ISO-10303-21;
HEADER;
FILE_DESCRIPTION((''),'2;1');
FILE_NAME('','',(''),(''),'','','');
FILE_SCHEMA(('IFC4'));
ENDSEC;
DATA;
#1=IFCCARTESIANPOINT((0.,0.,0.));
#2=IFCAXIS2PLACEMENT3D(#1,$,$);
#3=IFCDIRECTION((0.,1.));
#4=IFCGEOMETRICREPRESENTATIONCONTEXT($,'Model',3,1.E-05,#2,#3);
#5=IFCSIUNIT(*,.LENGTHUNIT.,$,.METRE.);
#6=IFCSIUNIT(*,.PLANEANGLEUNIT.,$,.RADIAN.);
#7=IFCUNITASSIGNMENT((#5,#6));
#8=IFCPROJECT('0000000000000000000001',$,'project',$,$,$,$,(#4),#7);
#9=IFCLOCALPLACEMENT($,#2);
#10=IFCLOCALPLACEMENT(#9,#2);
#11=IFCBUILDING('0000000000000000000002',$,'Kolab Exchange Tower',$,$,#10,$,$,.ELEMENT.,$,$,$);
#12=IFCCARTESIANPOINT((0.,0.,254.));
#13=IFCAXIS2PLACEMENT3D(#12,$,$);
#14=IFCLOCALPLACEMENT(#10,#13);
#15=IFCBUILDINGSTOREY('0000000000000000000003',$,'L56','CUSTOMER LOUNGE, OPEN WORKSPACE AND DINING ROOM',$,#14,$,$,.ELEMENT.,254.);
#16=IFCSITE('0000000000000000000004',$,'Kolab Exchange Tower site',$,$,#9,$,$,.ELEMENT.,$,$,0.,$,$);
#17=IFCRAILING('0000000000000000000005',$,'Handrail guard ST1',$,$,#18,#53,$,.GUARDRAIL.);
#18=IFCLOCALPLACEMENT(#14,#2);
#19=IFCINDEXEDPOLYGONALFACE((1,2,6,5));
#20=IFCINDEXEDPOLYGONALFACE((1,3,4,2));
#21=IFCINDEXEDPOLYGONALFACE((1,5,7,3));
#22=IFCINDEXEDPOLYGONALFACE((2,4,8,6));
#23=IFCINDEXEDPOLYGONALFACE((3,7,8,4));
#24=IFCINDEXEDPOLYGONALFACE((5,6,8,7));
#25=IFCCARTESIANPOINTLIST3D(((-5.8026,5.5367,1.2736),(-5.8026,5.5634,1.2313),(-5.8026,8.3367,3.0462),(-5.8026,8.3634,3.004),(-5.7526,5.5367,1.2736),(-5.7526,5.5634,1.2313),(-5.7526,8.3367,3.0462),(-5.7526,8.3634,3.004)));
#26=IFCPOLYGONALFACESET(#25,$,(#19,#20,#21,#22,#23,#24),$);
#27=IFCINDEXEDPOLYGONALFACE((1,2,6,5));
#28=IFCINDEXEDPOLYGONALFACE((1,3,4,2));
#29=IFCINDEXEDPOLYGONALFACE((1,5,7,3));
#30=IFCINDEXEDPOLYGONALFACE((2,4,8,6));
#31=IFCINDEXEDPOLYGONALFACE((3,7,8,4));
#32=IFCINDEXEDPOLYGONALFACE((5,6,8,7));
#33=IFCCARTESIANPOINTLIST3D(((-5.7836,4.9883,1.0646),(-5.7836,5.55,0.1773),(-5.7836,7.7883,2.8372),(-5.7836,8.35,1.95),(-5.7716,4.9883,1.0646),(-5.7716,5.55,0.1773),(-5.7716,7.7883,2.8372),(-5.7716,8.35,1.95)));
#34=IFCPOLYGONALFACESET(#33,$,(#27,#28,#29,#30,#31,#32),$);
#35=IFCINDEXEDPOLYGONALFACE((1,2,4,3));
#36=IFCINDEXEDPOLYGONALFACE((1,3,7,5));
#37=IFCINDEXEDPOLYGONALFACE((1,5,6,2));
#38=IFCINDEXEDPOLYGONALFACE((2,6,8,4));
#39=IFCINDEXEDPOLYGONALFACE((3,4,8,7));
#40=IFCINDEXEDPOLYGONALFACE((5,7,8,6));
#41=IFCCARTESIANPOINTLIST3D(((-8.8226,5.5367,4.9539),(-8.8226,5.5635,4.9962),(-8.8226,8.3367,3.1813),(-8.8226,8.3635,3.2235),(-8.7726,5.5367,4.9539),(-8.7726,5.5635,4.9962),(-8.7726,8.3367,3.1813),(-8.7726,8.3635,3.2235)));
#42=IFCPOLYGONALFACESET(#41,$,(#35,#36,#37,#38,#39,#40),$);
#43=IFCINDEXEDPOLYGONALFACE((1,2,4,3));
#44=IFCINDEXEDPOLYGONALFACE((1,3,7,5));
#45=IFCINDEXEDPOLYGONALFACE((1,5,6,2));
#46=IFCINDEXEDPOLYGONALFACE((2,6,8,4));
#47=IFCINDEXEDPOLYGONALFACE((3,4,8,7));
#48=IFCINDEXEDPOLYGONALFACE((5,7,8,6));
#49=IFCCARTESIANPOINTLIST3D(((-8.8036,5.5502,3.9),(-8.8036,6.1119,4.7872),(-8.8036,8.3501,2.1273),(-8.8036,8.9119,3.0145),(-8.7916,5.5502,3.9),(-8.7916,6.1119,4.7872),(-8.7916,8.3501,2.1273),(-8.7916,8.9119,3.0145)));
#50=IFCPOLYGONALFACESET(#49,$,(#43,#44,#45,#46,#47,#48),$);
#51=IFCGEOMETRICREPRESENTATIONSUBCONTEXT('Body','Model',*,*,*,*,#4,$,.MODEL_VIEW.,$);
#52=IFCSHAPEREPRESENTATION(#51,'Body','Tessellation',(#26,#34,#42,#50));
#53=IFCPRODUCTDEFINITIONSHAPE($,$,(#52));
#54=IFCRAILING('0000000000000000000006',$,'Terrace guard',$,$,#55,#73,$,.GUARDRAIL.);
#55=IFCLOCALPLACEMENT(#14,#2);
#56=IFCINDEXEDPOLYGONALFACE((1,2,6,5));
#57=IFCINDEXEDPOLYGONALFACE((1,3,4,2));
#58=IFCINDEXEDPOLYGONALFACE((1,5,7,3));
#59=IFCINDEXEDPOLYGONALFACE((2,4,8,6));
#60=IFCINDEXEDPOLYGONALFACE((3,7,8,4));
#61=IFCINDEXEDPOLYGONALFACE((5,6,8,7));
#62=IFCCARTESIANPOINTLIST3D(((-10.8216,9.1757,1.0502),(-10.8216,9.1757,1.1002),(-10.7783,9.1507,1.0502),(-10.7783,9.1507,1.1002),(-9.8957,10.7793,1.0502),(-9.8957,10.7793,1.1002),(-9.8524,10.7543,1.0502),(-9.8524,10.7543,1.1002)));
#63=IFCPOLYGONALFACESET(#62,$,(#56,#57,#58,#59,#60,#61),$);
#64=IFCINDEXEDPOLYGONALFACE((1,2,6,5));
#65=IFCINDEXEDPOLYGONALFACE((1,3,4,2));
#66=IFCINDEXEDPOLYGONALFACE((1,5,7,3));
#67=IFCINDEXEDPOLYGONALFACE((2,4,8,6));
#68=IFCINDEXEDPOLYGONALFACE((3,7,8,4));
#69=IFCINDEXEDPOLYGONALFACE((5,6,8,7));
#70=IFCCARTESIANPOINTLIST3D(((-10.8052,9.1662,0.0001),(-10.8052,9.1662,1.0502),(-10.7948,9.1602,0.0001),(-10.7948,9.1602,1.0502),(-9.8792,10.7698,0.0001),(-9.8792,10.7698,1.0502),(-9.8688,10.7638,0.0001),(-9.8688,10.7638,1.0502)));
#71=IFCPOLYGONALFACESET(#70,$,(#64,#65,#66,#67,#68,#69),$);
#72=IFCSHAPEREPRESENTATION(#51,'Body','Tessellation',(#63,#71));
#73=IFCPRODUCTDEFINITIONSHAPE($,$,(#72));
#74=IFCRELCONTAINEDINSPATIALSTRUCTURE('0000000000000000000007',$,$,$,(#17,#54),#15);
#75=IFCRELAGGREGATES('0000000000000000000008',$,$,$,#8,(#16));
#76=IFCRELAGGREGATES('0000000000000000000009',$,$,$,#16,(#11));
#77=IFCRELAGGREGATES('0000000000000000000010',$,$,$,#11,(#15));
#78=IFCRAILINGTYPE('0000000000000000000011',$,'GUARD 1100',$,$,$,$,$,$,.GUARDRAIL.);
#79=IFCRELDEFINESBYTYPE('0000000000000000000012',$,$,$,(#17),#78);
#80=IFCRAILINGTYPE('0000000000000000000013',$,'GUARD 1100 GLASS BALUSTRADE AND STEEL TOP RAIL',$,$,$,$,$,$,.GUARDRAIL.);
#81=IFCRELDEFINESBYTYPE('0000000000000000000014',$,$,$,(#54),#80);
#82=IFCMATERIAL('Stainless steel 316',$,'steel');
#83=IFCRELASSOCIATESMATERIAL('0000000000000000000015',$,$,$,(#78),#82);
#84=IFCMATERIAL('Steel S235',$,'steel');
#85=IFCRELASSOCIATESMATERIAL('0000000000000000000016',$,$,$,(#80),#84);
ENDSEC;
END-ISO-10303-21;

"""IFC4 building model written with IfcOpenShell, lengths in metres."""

from ifc_helpers import new_model, si_unit, direction, frame, frame_2d, origin, origin_2d, place, context, subcontext, project, spatial, rectangle, extrude, material, type_object, element, save


model = new_model("IFC4")

# Units and contexts
model_context = context("Model", 3, precision=1e-05, world=origin(), true_north=direction((0.0, 1.0)))
body_context = subcontext(model_context, "Body", "Model", "MODEL_VIEW")
ifc_project = project(units=[si_unit("LENGTHUNIT", "METRE"), si_unit("PLANEANGLEUNIT", "RADIAN")], contexts=[model_context])

# Site, building, storey
site_placement = place(None, origin())
site = spatial("IfcSite", under=ifc_project, at=site_placement, Name="Kolab Exchange Tower site", CompositionType="ELEMENT", RefElevation=0.0)
building_placement = place(site_placement, origin())
building = spatial("IfcBuilding", under=site, at=building_placement, Name="Kolab Exchange Tower", CompositionType="ELEMENT")
storey_placement = place(building_placement, frame((0.0, 0.0, 254.0)))
storey = spatial("IfcBuildingStorey", under=building, at=storey_placement, Name="L56", Description="CUSTOMER LOUNGE, OPEN WORKSPACE AND DINING ROOM", CompositionType="ELEMENT", Elevation=254.0)

# Shared definitions
ifc_material_1 = material(Name="Steel S235", Category="steel")

# Shared definitions
ifc_material_2 = material(Name="Stainless steel 316", Category="steel")

# Railings
railing_type_1 = type_object("IfcRailingType", Name="GUARD 1100", PredefinedType="GUARDRAIL", material=ifc_material_2)
railing_1_placement = place(storey_placement, frame((-5.7776, 5.55, 0.1772)))
element("IfcRailing", 1, at=railing_1_placement, inside=storey, type_object=railing_type_1, Name="Handrail guard ST1", PredefinedType="GUARDRAIL", context=body_context, shape_type="SweptSolid", body=[
    extrude(rectangle(XDim=0.05, YDim=0.05, at=origin_2d()), frame((0.0, 0.0, 1.0752), z_axis=(0.0, 0.844909, 0.53491), x_axis=(-1.0, 0.0, 0.0)), (0.0, 0.0, 1.0), 3.314),
    extrude(rectangle(XDim=0.012, YDim=1.0501, at=frame_2d((0.0, 0.5251))), frame((0.0, 0.0, 0.0), z_axis=(0.0, 0.844909, 0.53491), x_axis=(-1.0, 0.0, 0.0)), (0.0, 0.0, 1.0), 3.314),
    extrude(rectangle(XDim=0.05, YDim=0.05, at=origin_2d()), frame((-3.02, 2.8, 3.0251), z_axis=(0.0, -0.844909, 0.53491), x_axis=(1.0, 0.0, 0.0)), (0.0, 0.0, 1.0), 3.314),
    extrude(rectangle(XDim=0.012, YDim=1.0501, at=frame_2d((0.0, 0.5251))), frame((-3.02, 2.8, 1.95), z_axis=(0.0, -0.844909, 0.53491), x_axis=(1.0, 0.0, 0.0)), (0.0, 0.0, 1.0), 3.314),
])
railing_type_2 = type_object("IfcRailingType", Name="GUARD 1100 GLASS BALUSTRADE AND STEEL TOP RAIL", PredefinedType="GUARDRAIL", material=ifc_material_1)
railing_2_placement = place(storey_placement, frame((-9.874, 10.7668, 0.0)))
element("IfcRailing", 2, at=railing_2_placement, inside=storey, type_object=railing_type_2, Name="Terrace guard", PredefinedType="GUARDRAIL", context=body_context, shape_type="SweptSolid", body=[
    extrude(rectangle(XDim=0.05, YDim=0.05, at=origin_2d()), frame((0.0, 0.0, 1.0752), z_axis=(-0.500038, -0.866003, 0.0), x_axis=(0.866003, -0.500038, 0.0)), (0.0, 0.0, 1.0), 1.8518),
    extrude(rectangle(XDim=0.012, YDim=1.0501, at=frame_2d((0.0, 0.5251))), frame((0.0, 0.0, 0.0), z_axis=(-0.500038, -0.866003, 0.0), x_axis=(0.866003, -0.500038, 0.0)), (0.0, 0.0, 1.0), 1.8518),
])

save(model, "model.ifc")
